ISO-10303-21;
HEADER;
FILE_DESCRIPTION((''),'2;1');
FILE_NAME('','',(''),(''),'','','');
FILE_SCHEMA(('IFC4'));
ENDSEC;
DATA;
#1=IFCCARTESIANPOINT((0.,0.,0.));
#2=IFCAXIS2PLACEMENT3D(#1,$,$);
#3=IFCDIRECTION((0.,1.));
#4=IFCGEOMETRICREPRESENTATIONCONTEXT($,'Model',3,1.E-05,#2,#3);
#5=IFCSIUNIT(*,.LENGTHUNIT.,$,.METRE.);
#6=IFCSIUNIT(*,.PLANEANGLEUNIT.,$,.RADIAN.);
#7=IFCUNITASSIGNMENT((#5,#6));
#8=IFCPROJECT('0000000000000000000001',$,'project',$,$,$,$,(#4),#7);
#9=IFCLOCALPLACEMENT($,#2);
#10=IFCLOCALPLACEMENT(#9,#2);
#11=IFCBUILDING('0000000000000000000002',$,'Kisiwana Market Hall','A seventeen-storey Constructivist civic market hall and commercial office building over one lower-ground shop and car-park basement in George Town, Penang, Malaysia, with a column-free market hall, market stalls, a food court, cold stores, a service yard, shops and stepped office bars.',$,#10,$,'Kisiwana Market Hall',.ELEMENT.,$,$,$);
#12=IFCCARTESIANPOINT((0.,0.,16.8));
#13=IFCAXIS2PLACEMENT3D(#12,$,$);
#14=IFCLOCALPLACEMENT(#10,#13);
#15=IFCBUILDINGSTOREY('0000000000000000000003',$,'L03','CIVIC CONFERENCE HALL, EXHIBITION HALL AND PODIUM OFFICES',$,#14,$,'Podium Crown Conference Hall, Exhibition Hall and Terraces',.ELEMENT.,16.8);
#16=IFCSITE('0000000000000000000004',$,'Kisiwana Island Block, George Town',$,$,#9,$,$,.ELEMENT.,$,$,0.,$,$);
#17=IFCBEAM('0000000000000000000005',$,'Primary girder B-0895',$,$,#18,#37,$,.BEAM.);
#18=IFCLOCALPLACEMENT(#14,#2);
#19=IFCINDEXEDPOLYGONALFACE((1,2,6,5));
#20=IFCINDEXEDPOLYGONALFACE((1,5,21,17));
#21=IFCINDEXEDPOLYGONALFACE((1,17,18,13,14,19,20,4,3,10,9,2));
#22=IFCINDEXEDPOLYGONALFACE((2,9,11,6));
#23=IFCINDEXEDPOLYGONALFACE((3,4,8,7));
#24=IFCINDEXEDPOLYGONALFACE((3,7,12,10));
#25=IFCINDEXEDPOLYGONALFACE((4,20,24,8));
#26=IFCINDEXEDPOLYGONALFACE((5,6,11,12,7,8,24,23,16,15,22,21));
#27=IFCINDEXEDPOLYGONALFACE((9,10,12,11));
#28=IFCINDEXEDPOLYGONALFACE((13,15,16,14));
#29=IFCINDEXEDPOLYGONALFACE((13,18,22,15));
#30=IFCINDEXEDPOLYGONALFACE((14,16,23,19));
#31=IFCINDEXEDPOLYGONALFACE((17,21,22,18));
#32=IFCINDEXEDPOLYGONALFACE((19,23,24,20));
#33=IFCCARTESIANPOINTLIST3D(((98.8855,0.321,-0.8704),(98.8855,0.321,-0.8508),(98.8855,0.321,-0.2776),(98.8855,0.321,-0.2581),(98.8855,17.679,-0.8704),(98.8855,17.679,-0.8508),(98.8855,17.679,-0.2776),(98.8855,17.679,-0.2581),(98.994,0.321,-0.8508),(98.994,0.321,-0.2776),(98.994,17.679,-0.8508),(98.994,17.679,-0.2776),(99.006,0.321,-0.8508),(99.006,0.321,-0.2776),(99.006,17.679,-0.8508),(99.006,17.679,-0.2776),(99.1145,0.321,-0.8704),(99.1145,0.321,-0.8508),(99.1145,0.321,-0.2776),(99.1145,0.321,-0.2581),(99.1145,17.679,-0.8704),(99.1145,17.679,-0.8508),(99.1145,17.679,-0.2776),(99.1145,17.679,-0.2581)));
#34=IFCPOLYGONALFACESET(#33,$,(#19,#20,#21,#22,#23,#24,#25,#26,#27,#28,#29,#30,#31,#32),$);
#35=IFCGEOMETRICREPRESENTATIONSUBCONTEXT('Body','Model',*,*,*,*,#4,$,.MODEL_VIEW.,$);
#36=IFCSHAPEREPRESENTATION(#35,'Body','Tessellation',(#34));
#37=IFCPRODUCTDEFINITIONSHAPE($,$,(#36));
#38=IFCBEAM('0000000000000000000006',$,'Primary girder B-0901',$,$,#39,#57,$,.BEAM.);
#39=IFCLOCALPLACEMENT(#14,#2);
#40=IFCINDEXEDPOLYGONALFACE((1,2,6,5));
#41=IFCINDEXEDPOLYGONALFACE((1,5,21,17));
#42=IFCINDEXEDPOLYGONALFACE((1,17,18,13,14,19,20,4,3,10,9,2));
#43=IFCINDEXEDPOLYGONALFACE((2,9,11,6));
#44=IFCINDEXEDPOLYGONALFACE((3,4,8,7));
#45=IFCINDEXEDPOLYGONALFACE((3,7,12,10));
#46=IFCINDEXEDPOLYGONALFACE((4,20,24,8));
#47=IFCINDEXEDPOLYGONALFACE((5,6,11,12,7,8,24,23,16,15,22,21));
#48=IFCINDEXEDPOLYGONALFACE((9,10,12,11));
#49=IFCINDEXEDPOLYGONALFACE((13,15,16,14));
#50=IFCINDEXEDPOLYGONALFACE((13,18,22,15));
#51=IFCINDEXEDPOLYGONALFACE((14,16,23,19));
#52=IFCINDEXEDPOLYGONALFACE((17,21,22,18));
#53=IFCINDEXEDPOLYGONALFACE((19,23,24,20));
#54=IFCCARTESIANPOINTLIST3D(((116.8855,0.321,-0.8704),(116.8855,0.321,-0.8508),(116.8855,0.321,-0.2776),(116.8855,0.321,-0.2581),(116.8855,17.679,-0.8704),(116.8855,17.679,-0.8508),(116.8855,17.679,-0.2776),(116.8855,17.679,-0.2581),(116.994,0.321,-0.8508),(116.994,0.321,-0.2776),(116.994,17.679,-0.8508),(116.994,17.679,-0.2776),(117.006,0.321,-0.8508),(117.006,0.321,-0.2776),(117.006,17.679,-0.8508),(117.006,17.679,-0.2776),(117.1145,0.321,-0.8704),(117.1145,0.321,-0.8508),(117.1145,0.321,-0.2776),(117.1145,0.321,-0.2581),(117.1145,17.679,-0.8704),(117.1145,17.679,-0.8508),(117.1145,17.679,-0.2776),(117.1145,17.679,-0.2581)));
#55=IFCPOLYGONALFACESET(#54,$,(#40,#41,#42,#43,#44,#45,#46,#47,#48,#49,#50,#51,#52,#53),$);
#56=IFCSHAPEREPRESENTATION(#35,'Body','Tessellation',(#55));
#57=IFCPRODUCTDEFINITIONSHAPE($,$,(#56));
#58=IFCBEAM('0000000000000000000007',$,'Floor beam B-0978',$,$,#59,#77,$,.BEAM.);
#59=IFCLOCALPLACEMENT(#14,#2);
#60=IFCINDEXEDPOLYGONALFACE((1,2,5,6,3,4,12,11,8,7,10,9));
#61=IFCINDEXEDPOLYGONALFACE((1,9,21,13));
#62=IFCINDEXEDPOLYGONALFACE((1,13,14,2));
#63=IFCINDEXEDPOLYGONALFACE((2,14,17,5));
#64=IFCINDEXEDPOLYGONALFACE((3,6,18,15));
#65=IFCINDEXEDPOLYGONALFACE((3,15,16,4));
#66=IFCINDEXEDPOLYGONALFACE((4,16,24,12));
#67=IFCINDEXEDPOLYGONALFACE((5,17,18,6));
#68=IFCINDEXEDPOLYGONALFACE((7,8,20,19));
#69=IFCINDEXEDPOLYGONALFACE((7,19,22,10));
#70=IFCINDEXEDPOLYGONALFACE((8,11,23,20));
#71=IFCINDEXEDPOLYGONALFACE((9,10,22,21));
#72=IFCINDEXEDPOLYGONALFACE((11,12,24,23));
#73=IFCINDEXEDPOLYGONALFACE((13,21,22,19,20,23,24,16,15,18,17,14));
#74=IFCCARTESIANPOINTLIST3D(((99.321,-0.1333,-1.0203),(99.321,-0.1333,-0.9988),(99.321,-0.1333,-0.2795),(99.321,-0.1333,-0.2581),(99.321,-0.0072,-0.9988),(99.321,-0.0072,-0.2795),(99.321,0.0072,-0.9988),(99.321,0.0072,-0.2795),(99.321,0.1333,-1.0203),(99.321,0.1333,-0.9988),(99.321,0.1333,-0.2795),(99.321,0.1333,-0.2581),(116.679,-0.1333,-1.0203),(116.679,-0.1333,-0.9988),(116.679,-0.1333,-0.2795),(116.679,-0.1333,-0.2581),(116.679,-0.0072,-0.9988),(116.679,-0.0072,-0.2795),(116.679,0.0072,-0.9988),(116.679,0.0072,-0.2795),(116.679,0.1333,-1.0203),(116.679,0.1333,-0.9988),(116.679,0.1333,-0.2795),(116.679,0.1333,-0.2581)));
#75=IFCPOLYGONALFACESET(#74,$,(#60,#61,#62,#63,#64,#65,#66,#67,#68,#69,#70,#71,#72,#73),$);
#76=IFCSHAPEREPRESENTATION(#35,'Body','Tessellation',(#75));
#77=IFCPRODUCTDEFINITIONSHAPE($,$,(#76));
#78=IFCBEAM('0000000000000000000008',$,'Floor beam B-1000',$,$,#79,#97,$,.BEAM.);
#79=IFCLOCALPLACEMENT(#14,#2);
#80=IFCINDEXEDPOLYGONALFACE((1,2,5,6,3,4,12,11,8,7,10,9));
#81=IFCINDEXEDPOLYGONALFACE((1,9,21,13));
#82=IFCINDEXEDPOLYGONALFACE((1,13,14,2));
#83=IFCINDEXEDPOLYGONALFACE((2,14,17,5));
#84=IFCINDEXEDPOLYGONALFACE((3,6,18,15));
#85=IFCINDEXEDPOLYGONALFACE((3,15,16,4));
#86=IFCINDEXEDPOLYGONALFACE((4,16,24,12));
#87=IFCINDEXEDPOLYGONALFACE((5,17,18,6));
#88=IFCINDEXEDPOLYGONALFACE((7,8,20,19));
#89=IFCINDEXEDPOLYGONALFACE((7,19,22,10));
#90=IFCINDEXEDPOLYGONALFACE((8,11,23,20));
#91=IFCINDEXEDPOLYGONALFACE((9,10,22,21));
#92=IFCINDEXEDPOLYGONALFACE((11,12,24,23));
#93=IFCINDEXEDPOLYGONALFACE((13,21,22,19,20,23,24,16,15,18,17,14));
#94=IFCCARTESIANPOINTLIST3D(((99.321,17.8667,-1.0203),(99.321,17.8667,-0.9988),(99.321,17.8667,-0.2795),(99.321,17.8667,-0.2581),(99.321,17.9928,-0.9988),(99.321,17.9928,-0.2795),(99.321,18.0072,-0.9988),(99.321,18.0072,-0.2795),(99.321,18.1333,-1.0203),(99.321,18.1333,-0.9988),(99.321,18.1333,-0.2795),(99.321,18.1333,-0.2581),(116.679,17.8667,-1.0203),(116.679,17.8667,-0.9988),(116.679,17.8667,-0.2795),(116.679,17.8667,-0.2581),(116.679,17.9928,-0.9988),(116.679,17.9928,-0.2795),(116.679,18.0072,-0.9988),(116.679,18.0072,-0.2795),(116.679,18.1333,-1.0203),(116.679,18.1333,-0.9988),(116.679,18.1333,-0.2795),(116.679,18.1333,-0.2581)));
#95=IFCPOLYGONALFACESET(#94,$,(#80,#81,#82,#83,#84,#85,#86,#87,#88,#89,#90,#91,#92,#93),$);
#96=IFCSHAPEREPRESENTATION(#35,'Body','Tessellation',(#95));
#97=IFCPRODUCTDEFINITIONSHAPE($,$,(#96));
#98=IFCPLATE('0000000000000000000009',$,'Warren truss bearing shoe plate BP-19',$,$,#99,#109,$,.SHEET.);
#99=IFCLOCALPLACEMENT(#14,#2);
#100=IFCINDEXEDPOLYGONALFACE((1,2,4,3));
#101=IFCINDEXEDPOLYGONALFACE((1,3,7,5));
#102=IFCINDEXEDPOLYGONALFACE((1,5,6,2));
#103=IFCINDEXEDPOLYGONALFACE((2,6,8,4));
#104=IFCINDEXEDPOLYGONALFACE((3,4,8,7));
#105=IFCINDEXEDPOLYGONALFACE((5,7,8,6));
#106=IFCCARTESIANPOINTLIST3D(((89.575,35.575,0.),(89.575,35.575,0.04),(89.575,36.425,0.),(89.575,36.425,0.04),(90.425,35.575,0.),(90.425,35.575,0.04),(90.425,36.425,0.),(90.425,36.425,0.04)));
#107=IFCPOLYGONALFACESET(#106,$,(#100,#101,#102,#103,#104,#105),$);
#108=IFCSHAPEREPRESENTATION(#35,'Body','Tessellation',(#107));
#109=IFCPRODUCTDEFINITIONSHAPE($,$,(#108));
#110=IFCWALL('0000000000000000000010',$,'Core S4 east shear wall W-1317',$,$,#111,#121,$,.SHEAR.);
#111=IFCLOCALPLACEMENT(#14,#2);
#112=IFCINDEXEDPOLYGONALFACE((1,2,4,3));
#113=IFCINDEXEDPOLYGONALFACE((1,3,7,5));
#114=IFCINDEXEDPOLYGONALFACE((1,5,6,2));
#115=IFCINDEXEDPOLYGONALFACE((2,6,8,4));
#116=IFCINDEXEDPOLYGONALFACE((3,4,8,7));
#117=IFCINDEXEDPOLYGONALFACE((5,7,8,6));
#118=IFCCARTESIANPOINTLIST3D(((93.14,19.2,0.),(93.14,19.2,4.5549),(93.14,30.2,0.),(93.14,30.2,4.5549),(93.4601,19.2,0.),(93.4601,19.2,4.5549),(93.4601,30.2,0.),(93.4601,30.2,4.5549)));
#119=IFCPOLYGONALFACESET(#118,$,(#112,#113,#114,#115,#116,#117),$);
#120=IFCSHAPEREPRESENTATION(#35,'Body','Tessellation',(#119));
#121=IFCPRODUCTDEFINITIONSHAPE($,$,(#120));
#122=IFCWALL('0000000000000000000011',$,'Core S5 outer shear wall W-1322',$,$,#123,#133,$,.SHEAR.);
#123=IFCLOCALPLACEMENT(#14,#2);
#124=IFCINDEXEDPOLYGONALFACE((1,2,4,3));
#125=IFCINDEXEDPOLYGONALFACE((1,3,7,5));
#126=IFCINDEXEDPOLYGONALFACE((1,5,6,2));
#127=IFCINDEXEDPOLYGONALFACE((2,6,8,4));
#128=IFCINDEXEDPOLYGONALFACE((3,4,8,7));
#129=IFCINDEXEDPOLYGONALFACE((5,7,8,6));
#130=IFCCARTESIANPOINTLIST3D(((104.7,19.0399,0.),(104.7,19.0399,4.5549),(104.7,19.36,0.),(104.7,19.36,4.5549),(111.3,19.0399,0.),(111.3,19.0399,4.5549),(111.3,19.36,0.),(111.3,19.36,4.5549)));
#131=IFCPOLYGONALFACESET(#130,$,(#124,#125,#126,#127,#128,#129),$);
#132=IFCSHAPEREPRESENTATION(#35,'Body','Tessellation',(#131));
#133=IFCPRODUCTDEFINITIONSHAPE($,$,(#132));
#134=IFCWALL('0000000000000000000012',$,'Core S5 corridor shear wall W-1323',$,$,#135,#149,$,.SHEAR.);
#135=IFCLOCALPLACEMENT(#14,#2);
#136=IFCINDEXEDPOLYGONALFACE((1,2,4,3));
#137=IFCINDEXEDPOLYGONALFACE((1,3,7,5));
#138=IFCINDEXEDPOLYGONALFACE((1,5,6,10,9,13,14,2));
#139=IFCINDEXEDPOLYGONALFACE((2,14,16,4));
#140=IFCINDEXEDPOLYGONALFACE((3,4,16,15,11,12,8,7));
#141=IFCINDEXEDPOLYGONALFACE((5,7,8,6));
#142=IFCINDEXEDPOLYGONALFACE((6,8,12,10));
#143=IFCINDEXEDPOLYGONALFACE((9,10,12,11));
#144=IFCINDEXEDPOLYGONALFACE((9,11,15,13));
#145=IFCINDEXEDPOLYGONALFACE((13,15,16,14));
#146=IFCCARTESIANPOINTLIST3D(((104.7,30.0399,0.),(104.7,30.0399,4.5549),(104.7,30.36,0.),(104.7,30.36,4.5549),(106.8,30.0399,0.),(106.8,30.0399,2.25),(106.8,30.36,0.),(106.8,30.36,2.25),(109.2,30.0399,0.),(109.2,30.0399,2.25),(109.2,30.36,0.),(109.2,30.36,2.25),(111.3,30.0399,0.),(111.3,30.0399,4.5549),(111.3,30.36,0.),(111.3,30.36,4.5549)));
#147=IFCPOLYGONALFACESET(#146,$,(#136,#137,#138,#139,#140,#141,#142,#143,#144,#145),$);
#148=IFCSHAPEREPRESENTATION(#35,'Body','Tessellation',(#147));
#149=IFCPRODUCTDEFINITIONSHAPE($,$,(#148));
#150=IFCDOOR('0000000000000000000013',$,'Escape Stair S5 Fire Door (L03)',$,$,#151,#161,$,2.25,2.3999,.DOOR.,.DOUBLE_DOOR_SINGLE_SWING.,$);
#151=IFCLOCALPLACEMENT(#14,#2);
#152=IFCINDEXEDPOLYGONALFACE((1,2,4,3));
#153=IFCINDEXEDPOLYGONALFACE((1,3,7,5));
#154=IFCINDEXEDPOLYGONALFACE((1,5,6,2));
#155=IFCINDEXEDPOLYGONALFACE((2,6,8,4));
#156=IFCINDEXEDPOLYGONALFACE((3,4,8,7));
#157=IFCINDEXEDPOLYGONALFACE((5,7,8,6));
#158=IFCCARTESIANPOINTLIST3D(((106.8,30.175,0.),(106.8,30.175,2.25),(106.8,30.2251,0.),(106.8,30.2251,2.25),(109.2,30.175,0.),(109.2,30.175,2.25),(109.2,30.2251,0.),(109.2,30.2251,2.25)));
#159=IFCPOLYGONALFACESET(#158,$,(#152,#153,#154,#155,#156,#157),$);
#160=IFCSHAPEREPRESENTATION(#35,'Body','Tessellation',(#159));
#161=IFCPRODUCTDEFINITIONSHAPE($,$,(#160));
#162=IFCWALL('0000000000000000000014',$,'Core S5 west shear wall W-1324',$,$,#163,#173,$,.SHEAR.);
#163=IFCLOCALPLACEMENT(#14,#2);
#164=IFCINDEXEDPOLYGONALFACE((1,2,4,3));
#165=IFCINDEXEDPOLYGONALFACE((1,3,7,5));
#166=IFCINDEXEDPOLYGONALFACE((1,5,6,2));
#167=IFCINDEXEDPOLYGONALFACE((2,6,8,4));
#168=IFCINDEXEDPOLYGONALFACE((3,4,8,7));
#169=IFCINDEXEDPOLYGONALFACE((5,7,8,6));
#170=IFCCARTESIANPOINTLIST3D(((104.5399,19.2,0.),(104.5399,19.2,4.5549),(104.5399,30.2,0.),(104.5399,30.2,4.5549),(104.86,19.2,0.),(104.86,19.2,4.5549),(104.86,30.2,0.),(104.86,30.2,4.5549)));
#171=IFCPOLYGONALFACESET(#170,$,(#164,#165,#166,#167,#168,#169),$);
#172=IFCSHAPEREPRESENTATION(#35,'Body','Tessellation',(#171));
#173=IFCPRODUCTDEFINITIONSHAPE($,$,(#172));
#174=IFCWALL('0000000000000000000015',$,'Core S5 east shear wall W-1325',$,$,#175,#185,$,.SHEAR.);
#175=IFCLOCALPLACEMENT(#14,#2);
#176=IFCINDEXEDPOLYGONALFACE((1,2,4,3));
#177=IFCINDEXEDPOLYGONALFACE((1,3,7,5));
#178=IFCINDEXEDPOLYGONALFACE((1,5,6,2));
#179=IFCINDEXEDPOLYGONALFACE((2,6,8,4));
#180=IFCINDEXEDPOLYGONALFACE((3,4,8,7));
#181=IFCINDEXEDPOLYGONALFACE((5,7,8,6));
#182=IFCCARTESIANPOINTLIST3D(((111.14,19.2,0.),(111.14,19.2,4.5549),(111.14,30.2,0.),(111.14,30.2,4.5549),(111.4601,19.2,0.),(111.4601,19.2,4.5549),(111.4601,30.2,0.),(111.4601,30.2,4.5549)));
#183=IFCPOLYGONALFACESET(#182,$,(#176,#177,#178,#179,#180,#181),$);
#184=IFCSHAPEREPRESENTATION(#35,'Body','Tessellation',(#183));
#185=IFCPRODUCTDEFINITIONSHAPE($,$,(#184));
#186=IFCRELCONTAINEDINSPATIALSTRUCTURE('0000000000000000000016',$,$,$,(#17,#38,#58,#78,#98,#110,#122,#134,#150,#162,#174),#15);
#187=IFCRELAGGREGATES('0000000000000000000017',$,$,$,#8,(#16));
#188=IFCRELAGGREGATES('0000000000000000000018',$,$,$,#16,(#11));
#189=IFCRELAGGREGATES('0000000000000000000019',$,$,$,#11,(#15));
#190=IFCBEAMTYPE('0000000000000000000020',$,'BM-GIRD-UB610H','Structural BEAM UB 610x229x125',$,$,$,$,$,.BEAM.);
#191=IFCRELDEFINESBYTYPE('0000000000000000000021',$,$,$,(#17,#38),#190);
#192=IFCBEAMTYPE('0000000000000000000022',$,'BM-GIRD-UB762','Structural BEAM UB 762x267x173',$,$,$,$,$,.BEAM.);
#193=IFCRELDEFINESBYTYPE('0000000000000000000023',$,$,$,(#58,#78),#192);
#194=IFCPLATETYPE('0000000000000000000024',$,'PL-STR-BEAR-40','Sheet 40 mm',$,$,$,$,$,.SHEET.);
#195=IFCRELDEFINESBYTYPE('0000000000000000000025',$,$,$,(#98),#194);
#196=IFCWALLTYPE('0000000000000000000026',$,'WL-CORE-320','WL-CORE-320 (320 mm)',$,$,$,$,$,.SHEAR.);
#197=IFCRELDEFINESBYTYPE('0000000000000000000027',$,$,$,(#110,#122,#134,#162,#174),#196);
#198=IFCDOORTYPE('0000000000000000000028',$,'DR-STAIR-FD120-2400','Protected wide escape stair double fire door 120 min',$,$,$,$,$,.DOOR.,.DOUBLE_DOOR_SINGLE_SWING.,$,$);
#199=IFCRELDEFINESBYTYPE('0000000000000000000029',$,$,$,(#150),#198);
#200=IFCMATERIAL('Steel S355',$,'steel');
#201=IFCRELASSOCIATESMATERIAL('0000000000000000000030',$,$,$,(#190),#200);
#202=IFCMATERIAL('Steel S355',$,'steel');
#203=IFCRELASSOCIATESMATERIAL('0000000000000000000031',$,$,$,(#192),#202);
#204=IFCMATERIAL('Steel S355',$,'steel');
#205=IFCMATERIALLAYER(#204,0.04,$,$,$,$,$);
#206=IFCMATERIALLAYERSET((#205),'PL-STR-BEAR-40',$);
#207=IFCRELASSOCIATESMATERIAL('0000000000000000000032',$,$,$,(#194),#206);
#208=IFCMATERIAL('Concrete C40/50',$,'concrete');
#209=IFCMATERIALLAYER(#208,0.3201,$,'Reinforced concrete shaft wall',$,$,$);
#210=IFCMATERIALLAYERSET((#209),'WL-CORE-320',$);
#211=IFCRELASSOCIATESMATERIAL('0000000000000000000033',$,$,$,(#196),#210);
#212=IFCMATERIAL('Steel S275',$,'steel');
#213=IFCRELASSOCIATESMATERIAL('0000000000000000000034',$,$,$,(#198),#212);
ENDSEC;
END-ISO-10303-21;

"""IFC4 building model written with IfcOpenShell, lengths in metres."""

from ifc_helpers import new_model, si_unit, direction, frame, frame_2d, origin, origin_2d, place, context, subcontext, project, spatial, rectangle, i_section, extrude, material, layer, layer_set, material_profile, profile_set, type_object, element, fill, save


model = new_model("IFC4")

# Units and contexts
model_context = context("Model", 3, precision=1e-05, world=origin(), true_north=direction((0.0, 1.0)))
body_context = subcontext(model_context, "Body", "Model", "MODEL_VIEW")
ifc_project = project(units=[si_unit("LENGTHUNIT", "METRE"), si_unit("PLANEANGLEUNIT", "RADIAN")], contexts=[model_context])

# Site, building, storey
site_placement = place(None, origin())
site = spatial("IfcSite", under=ifc_project, at=site_placement, Name="Kisiwana Island Block, George Town", CompositionType="ELEMENT", RefElevation=0.0)
building_placement = place(site_placement, origin())
building = spatial("IfcBuilding", under=site, at=building_placement, Name="Kisiwana Market Hall", Description="A seventeen-storey Constructivist civic market hall and commercial office building over one lower-ground shop and car-park basement in George Town, Penang, Malaysia, with a column-free market hall, market stalls, a food court, cold stores, a service yard, shops and stepped office bars.", LongName="Kisiwana Market Hall", CompositionType="ELEMENT")
storey_placement = place(building_placement, frame((0.0, 0.0, 16.8)))
storey = spatial("IfcBuildingStorey", under=building, at=storey_placement, Name="L03", Description="CIVIC CONFERENCE HALL, EXHIBITION HALL AND PODIUM OFFICES", LongName="Podium Crown Conference Hall, Exhibition Hall and Terraces", CompositionType="ELEMENT", Elevation=16.8)

# Beams
ifc_material_1 = material(Name="Steel S355", Category="steel")
ifc_material_profile_1 = material_profile(ifc_material_1, i_section(OverallWidth=0.229, OverallDepth=0.6123, WebThickness=0.012, FlangeThickness=0.0195, at=origin_2d()), Name="UB 610x229x125")
ifc_profile_set_1 = profile_set([ifc_material_profile_1], Name="Steel S355")
beam_type_1 = type_object("IfcBeamType", Name="BM-GIRD-UB610H", Description="Structural BEAM UB 610x229x125", PredefinedType="BEAM", material=ifc_profile_set_1)
for number, where, z_axis, x_axis, name in (
    (1, (99.0, 0.321, -0.5642), (0.0, 1.0, 0.0), (-1.0, 0.0, 0.0), "Primary girder B-0895"),
    (2, (117.0, 0.321, -0.5642), (0.0, 1.0, 0.0), (-1.0, 0.0, 0.0), "Primary girder B-0901"),
):
    element("IfcBeam", number, at=place(storey_placement, frame(where, z_axis=z_axis, x_axis=x_axis)), inside=storey, type_object=beam_type_1, Name=name, PredefinedType="BEAM", context=body_context, shape_type="SweptSolid", body=[
        extrude(i_section(OverallWidth=0.229, OverallDepth=0.6123, WebThickness=0.012, FlangeThickness=0.0195, at=origin_2d()), origin(), (0.0, 0.0, 1.0), 17.3579),
    ])
ifc_material_2 = material(Name="Steel S355", Category="steel")
ifc_material_profile_2 = material_profile(ifc_material_2, i_section(OverallWidth=0.2666, OverallDepth=0.7622, WebThickness=0.0144, FlangeThickness=0.0215, at=origin_2d()), Name="UB 762x267x173")
ifc_profile_set_2 = profile_set([ifc_material_profile_2], Name="Steel S355")
beam_type_2 = type_object("IfcBeamType", Name="BM-GIRD-UB762", Description="Structural BEAM UB 762x267x173", PredefinedType="BEAM", material=ifc_profile_set_2)
for number, where, z_axis, x_axis, name in (
    (3, (99.321, 0.0, -0.6392), (1.0, 0.0, 0.0), (0.0, 1.0, 0.0), "Floor beam B-0978"),
    (4, (99.321, 18.0, -0.6392), (1.0, 0.0, 0.0), (0.0, 1.0, 0.0), "Floor beam B-1000"),
):
    element("IfcBeam", number, at=place(storey_placement, frame(where, z_axis=z_axis, x_axis=x_axis)), inside=storey, type_object=beam_type_2, Name=name, PredefinedType="BEAM", context=body_context, shape_type="SweptSolid", body=[
        extrude(i_section(OverallWidth=0.2666, OverallDepth=0.7622, WebThickness=0.0144, FlangeThickness=0.0215, at=origin_2d()), origin(), (0.0, 0.0, 1.0), 17.3579),
    ])

# Plate
ifc_material_3 = material(Name="Steel S355", Category="steel")
ifc_layer_1 = layer(ifc_material_3, 0.04)
ifc_layer_set_1 = layer_set([ifc_layer_1], Name="PL-STR-BEAR-40")
plate_type = type_object("IfcPlateType", Name="PL-STR-BEAR-40", Description="Sheet 40 mm", PredefinedType="SHEET", material=ifc_layer_set_1)
plate_placement = place(storey_placement, frame((90.0, 36.0, 0.0), z_axis=(0.0, 0.0, 1.0), x_axis=(1.0, 0.0, 0.0)))
element("IfcPlate", 5, at=plate_placement, inside=storey, type_object=plate_type, Name="Warren truss bearing shoe plate BP-19", PredefinedType="SHEET", context=body_context, shape_type="SweptSolid", body=[
    extrude(rectangle(XDim=0.8501, YDim=0.8501, at=origin_2d()), origin(), (0.0, 0.0, 1.0), 0.04),
])

# Walls
ifc_material_4 = material(Name="Concrete C40/50", Category="concrete")
ifc_layer_2 = layer(ifc_material_4, 0.3201, Name="Reinforced concrete shaft wall")
ifc_layer_set_2 = layer_set([ifc_layer_2], Name="WL-CORE-320")
wall_type_1 = type_object("IfcWallType", Name="WL-CORE-320", Description="WL-CORE-320 (320 mm)", PredefinedType="SHEAR", material=ifc_layer_set_2)
wall_1_placement = place(storey_placement, frame((93.3, 19.2, 0.0), z_axis=(0.0, 0.0, 1.0), x_axis=(0.0, 1.0, 0.0)))
element("IfcWall", 6, at=wall_1_placement, inside=storey, type_object=wall_type_1, Name="Core S4 east shear wall W-1317", PredefinedType="SHEAR", context=body_context, shape_type="SweptSolid", body=[
    extrude(rectangle(XDim=11.0, YDim=0.3201, at=frame_2d((5.5, 0.0))), origin(), (0.0, 0.0, 1.0), 4.5549),
])
wall_2_placement = place(storey_placement, frame((104.7, 19.2, 0.0), z_axis=(0.0, 0.0, 1.0), x_axis=(1.0, 0.0, 0.0)))
element("IfcWall", 7, at=wall_2_placement, inside=storey, type_object=wall_type_1, Name="Core S5 outer shear wall W-1322", PredefinedType="SHEAR", context=body_context, shape_type="SweptSolid", body=[
    extrude(rectangle(XDim=6.6001, YDim=0.3201, at=frame_2d((3.3, 0.0))), origin(), (0.0, 0.0, 1.0), 4.5549),
])

# Wall, opening, door
wall_3_placement = place(storey_placement, frame((104.7, 30.2, 0.0), z_axis=(0.0, 0.0, 1.0), x_axis=(1.0, 0.0, 0.0)))
wall_3 = element("IfcWall", 8, at=wall_3_placement, inside=storey, type_object=wall_type_1, Name="Core S5 corridor shear wall W-1323", PredefinedType="SHEAR", context=body_context, shape_type="SweptSolid", body=[
    extrude(rectangle(XDim=6.6001, YDim=0.3201, at=frame_2d((3.3, 0.0))), origin(), (0.0, 0.0, 1.0), 4.5549),
])
opening_1_placement = place(wall_3_placement, frame((2.1001, 0.0, 0.0)))
opening_1 = element("IfcOpeningElement", 9, at=opening_1_placement, cuts=wall_3, PredefinedType="OPENING", context=body_context, shape_type="SweptSolid", body=[
    extrude(rectangle(XDim=2.3999, YDim=2.25, at=frame_2d((1.2, 1.125))), frame((0.0, 0.1719, 0.0), z_axis=(0.0, -1.0, 0.0), x_axis=(1.0, 0.0, 0.0)), (0.0, 0.0, 1.0), 0.344),
])
ifc_material_5 = material(Name="Steel S275", Category="steel")
door_type_1 = type_object("IfcDoorType", Name="DR-STAIR-FD120-2400", Description="Protected wide escape stair double fire door 120 min", OperationType="DOUBLE_DOOR_SINGLE_SWING", PredefinedType="DOOR", material=ifc_material_5)
door_1_placement = place(opening_1_placement, frame((2.3999, 0.0, 0.0), z_axis=(0.0, 0.0, 1.0), x_axis=(-1.0, 0.0, 0.0)))
door_1 = element("IfcDoor", 10, at=door_1_placement, inside=storey, type_object=door_type_1, Name="Escape Stair S5 Fire Door (L03)", OperationType="DOUBLE_DOOR_SINGLE_SWING", OverallHeight=2.25, OverallWidth=2.3999, PredefinedType="DOOR", context=body_context, shape_type="SweptSolid", body=[
    extrude(rectangle(XDim=2.3999, YDim=2.25, at=frame_2d((1.2, 1.125))), frame((0.0, 0.0249, 0.0), z_axis=(0.0, -1.0, 0.0), x_axis=(1.0, 0.0, 0.0)), (0.0, 0.0, 1.0), 0.05),
])
fill(opening_1, door_1)

# Walls
for number, where, z_axis, x_axis, name in (
    (11, (104.7, 19.2, 0.0), (0.0, 0.0, 1.0), (0.0, 1.0, 0.0), "Core S5 west shear wall W-1324"),
    (12, (111.3, 19.2, 0.0), (0.0, 0.0, 1.0), (0.0, 1.0, 0.0), "Core S5 east shear wall W-1325"),
):
    element("IfcWall", number, at=place(storey_placement, frame(where, z_axis=z_axis, x_axis=x_axis)), inside=storey, type_object=wall_type_1, Name=name, PredefinedType="SHEAR", context=body_context, shape_type="SweptSolid", body=[
        extrude(rectangle(XDim=11.0, YDim=0.3201, at=frame_2d((5.5, 0.0))), origin(), (0.0, 0.0, 1.0), 4.5549),
    ])

save(model, "model.ifc")
